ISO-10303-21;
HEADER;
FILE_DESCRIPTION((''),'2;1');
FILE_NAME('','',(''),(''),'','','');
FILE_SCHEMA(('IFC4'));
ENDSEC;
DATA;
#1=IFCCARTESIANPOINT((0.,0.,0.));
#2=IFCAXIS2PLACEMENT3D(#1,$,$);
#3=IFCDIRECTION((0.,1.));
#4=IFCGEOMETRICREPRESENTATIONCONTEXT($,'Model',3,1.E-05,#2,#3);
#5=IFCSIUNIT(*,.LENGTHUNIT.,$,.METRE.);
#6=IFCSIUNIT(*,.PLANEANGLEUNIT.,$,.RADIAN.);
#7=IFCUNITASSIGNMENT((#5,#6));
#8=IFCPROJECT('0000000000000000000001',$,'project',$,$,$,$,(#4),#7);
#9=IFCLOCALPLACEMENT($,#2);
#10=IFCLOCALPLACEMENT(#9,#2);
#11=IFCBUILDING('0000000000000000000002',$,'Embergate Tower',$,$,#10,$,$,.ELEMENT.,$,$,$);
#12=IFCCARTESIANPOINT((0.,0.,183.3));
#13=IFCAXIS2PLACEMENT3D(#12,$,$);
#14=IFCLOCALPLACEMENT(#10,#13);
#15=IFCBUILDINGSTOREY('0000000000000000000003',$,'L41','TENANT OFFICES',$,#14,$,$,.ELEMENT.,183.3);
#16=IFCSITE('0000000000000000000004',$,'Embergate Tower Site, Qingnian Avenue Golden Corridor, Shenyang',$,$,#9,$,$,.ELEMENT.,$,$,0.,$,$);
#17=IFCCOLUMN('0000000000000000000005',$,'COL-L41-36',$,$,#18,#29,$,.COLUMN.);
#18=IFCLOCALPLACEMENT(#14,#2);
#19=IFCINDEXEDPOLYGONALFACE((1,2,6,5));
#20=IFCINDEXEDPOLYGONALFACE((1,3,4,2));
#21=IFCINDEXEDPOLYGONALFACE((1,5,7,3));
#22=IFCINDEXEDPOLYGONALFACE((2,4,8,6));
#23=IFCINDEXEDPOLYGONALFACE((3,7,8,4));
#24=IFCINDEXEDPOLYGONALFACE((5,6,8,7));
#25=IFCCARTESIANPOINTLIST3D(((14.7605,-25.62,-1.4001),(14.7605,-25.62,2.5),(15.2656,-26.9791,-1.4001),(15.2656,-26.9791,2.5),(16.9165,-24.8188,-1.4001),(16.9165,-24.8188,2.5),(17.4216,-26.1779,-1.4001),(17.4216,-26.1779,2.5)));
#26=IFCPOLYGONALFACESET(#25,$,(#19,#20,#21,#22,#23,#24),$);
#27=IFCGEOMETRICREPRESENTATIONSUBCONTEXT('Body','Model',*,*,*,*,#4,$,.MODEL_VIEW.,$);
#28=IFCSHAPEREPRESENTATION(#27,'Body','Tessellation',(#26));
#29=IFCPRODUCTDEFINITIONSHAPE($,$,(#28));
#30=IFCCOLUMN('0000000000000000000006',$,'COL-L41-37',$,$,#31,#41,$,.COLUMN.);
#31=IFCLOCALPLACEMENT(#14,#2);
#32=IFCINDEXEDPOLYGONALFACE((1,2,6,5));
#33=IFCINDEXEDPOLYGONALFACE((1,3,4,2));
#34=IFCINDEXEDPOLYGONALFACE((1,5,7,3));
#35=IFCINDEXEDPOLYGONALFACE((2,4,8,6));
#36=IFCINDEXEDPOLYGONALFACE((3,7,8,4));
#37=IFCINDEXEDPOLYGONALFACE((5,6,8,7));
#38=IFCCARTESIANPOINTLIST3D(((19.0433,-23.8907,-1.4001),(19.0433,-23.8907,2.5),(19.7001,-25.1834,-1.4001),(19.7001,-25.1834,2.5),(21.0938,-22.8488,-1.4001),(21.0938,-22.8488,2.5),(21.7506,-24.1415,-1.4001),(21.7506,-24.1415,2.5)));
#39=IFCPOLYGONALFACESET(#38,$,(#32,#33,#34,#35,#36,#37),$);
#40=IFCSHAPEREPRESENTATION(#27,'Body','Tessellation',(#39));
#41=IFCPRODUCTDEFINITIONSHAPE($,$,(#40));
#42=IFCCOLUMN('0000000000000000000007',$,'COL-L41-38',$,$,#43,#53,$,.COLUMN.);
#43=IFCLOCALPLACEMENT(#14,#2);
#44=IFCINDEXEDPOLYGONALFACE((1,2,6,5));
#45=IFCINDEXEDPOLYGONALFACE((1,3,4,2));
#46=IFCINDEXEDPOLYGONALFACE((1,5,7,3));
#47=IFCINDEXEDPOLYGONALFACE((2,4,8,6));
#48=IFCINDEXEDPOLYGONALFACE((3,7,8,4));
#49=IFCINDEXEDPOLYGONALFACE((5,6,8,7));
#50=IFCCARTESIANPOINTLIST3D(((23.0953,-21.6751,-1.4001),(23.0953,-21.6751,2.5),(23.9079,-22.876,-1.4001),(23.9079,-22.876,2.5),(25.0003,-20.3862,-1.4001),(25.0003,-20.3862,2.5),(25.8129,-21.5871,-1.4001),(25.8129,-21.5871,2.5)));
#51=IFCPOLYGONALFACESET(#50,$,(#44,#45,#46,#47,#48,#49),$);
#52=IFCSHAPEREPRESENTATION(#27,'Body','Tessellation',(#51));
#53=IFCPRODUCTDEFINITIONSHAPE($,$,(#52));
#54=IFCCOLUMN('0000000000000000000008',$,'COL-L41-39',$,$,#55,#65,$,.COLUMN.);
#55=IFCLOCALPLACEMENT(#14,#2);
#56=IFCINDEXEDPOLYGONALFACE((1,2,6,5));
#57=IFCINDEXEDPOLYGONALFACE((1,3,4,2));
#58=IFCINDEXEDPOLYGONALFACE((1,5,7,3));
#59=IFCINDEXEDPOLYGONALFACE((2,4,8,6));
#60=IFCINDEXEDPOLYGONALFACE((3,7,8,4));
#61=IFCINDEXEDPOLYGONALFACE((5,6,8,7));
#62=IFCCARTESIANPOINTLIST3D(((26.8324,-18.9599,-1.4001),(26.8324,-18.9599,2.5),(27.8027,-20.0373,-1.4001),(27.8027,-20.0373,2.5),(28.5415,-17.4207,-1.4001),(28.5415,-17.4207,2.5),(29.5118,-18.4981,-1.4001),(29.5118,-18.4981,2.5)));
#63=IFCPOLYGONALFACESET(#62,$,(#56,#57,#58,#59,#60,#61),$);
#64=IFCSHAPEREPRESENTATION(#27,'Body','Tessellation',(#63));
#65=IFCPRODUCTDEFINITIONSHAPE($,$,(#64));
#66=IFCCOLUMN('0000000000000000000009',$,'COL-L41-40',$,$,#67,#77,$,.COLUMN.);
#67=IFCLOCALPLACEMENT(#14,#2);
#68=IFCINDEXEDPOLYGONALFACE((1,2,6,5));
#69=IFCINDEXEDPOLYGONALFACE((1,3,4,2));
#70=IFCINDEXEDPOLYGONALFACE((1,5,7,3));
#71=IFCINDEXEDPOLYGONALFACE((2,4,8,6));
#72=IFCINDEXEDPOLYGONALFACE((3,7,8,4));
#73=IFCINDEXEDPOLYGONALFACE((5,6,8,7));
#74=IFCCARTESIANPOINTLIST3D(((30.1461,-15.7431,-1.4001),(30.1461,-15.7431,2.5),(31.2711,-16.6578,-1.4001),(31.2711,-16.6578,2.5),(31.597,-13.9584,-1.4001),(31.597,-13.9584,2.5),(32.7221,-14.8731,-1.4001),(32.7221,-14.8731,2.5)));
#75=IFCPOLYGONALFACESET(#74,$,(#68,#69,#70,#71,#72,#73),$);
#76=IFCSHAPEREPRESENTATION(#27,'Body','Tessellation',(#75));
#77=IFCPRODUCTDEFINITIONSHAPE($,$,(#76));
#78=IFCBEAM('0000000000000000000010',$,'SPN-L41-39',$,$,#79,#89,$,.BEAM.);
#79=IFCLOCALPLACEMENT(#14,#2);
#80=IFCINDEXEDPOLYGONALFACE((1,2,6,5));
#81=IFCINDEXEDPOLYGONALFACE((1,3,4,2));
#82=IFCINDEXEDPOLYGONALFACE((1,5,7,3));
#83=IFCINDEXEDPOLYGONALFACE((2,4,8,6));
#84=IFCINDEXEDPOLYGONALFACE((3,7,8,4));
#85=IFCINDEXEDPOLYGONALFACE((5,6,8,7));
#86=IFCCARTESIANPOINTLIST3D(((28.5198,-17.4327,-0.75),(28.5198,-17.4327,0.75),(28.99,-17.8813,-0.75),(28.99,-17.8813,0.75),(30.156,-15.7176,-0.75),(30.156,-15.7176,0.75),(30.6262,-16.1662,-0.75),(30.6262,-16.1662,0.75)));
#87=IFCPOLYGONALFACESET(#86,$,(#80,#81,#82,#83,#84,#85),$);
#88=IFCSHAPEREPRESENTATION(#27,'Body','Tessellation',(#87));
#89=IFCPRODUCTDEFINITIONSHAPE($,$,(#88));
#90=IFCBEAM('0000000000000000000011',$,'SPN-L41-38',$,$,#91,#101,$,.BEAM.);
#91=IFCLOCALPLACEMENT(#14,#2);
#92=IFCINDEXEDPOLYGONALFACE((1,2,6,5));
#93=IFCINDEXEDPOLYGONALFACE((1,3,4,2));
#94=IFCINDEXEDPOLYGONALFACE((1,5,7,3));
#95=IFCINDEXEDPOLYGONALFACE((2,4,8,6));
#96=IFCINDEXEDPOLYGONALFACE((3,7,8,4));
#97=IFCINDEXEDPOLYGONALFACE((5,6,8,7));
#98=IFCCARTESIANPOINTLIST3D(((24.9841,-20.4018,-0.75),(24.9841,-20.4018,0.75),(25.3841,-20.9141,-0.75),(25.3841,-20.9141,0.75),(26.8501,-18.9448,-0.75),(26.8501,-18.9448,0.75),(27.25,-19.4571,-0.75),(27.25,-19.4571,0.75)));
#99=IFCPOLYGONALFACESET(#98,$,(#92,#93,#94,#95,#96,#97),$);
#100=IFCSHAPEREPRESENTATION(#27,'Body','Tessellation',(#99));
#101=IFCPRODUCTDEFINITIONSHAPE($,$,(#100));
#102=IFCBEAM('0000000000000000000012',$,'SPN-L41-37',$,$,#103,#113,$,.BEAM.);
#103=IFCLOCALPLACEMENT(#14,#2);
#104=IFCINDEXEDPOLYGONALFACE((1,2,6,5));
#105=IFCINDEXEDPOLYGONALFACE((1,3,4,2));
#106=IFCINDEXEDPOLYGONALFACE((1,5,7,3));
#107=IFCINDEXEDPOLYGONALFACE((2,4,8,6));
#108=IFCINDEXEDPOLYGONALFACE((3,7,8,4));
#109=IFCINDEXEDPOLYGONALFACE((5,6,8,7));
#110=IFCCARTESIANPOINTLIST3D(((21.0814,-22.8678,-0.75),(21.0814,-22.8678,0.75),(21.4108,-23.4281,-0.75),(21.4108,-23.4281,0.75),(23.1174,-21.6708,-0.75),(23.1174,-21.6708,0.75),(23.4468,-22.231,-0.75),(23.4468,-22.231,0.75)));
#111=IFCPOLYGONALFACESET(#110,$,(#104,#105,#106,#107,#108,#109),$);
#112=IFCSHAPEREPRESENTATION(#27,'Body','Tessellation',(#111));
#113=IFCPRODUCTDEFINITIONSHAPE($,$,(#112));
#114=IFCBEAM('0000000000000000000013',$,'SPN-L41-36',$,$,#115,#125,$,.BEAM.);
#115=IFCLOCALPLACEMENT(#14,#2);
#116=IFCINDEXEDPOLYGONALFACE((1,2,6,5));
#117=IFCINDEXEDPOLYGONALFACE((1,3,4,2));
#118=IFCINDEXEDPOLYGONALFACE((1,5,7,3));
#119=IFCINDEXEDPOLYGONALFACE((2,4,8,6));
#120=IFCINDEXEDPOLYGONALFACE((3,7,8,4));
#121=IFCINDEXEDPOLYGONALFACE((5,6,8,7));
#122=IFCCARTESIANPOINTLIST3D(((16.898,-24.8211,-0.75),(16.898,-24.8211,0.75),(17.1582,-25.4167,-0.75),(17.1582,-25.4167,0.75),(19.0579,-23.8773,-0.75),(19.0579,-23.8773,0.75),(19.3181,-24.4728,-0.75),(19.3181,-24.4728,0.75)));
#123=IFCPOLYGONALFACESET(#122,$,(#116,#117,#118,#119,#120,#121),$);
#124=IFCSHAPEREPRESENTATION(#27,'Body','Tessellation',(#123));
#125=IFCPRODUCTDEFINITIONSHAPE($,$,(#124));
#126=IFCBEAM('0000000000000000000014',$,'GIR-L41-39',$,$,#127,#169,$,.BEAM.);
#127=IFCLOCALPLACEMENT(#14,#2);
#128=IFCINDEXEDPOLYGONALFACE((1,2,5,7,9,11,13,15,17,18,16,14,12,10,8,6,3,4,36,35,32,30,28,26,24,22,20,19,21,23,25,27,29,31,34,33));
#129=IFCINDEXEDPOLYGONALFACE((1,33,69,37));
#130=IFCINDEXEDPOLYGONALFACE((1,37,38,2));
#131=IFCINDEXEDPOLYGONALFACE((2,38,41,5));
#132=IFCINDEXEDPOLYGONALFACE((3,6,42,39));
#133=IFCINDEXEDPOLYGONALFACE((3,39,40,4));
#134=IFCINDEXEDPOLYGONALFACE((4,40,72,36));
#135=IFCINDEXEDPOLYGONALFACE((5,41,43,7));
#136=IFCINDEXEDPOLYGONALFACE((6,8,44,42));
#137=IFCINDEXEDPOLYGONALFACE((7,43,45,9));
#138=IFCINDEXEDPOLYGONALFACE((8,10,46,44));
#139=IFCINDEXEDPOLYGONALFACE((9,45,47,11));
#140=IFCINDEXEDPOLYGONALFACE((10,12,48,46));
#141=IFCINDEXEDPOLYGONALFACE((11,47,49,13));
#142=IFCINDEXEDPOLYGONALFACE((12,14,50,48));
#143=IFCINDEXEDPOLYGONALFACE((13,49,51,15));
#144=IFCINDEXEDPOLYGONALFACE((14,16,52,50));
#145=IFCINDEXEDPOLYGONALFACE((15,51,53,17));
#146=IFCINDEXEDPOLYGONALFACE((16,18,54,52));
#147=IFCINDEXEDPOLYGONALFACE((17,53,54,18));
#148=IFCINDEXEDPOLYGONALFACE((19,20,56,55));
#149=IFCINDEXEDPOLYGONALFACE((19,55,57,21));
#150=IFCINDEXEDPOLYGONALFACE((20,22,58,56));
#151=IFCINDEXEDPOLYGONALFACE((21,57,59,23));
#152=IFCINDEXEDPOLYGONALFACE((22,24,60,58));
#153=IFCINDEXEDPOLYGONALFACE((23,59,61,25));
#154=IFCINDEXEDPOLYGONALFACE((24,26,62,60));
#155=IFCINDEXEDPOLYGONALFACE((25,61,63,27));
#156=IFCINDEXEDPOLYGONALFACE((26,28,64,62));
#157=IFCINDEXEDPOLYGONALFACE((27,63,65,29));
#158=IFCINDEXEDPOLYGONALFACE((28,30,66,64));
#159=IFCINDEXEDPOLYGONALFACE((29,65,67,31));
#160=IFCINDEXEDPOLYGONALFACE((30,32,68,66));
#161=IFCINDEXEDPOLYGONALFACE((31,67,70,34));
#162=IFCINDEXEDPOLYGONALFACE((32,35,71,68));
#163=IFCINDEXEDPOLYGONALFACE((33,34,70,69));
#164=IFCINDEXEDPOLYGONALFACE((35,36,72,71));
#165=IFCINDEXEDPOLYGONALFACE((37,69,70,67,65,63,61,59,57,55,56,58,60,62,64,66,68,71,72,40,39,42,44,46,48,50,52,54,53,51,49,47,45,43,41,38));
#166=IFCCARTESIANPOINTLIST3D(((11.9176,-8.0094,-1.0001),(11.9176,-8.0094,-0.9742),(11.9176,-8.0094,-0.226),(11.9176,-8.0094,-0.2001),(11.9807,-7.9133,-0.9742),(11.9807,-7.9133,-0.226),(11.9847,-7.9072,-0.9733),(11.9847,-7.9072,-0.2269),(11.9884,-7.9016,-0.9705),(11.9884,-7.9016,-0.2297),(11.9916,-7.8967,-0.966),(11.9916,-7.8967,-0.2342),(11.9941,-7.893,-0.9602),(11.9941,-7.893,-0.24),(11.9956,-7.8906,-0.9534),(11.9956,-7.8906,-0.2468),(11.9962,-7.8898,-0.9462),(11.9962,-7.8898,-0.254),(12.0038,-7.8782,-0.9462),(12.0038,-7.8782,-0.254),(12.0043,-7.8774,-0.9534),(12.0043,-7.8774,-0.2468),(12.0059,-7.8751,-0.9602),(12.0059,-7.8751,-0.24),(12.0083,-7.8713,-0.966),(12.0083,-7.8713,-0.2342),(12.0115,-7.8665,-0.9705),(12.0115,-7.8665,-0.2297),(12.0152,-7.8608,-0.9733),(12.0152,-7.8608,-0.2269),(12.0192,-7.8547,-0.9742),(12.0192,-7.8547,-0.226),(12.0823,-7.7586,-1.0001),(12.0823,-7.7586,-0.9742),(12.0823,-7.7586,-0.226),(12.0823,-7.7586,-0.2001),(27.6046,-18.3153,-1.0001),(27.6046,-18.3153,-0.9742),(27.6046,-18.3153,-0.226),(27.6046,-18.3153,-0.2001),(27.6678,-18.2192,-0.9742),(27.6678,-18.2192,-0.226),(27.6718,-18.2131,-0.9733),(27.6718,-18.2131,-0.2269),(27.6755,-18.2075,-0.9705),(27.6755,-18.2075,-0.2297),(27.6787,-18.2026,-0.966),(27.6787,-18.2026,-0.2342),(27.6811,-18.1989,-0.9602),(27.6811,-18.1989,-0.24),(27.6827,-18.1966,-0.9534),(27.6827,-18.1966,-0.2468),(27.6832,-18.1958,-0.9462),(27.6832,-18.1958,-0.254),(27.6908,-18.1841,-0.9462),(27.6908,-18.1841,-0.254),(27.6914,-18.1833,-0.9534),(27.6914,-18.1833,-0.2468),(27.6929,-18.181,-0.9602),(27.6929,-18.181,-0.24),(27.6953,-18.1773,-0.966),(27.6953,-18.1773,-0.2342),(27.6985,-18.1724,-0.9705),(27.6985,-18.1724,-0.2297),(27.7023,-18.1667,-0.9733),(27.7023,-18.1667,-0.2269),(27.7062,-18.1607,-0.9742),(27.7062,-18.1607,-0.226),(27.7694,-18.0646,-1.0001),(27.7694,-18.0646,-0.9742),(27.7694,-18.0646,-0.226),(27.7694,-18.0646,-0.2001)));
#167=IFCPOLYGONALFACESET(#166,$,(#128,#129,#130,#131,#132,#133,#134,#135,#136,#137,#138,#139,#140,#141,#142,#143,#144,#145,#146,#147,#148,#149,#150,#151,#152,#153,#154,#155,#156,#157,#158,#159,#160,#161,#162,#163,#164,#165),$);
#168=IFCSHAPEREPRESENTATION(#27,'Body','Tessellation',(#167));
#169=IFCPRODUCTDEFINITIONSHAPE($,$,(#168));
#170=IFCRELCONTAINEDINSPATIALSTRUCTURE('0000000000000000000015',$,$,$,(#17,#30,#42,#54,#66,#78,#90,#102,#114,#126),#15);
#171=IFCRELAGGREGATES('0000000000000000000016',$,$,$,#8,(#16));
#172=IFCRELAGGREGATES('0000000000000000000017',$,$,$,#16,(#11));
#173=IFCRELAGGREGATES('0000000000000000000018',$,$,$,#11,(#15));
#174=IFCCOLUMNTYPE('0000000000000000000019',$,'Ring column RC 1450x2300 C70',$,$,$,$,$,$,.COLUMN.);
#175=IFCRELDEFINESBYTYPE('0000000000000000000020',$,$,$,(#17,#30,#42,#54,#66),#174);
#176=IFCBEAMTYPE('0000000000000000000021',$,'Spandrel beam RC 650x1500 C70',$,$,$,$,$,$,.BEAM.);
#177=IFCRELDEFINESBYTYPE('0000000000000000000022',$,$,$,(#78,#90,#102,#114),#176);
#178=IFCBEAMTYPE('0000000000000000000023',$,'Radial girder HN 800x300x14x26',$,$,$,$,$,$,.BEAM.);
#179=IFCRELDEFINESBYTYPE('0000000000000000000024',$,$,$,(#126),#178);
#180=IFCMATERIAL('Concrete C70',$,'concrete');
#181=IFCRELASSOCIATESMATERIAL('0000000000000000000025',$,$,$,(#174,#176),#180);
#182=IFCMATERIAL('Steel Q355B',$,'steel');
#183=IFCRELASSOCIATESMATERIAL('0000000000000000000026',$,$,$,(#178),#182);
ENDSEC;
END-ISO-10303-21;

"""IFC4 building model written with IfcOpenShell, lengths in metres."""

from ifc_helpers import new_model, si_unit, direction, frame, origin, origin_2d, place, context, subcontext, project, spatial, rectangle, i_section, extrude, source, transform, mapped, material, material_profile, profile_set, type_object, element, save


model = new_model("IFC4")

# Units and contexts
model_context = context("Model", 3, precision=1e-05, world=origin(), true_north=direction((0.0, 1.0)))
body_context = subcontext(model_context, "Body", "Model", "MODEL_VIEW")
ifc_project = project(units=[si_unit("LENGTHUNIT", "METRE"), si_unit("PLANEANGLEUNIT", "RADIAN")], contexts=[model_context])

# Site, building, storey
site_placement = place(None, origin())
site = spatial("IfcSite", under=ifc_project, at=site_placement, Name="Embergate Tower Site, Qingnian Avenue Golden Corridor, Shenyang", CompositionType="ELEMENT", RefElevation=0.0)
building_placement = place(site_placement, origin())
building = spatial("IfcBuilding", under=site, at=building_placement, Name="Embergate Tower", CompositionType="ELEMENT")
storey_placement = place(building_placement, frame((0.0, 0.0, 183.3)))
storey = spatial("IfcBuildingStorey", under=building, at=storey_placement, Name="L41", Description="TENANT OFFICES", CompositionType="ELEMENT", Elevation=183.3)

# Columns
ifc_material_1 = material(Name="Concrete C70", Category="concrete")
ifc_material_profile_1 = material_profile(ifc_material_1, rectangle(XDim=1.45, YDim=2.3, at=origin_2d()), Name="RC 1450x2300")
ifc_profile_set_1 = profile_set([ifc_material_profile_1], Name="Concrete C70")
column_type = type_object("IfcColumnType", Name="Ring column RC 1450x2300 C70", PredefinedType="COLUMN", material=ifc_profile_set_1)
shared_shape_1 = source(origin(), body_context, "Body", "SweptSolid", [
    extrude(rectangle(XDim=1.45, YDim=2.3, at=origin_2d()), origin(), (0.0, 0.0, 1.0), 3.9001),
])
for number, where, z_axis, x_axis, name in (
    (1, (16.0911, -25.8989, -1.4001), (0.0, 0.0, 1.0), (0.348343, -0.937367, 0.0), "COL-L41-36"),
    (2, (20.397, -24.0161, -1.4001), (0.0, 0.0, 1.0), (0.452995, -0.891513, 0.0), "COL-L41-37"),
    (3, (24.4541, -21.6311, -1.4001), (0.0, 0.0, 1.0), (0.560393, -0.828227, 0.0), "COL-L41-38"),
    (4, (28.1721, -18.729, -1.4001), (0.0, 0.0, 1.0), (0.669208, -0.743075, 0.0), "COL-L41-39"),
    (5, (31.4341, -15.3081, -1.4001), (0.0, 0.0, 1.0), (0.775914, -0.630838, 0.0), "COL-L41-40"),
):
    element("IfcColumn", number, at=place(storey_placement, frame(where, z_axis=z_axis, x_axis=x_axis)), inside=storey, type_object=column_type, Name=name, PredefinedType="COLUMN", context=body_context, shape_type="MappedRepresentation", body=[
        mapped(shared_shape_1, transform((0.0, 0.0, 0.0))),
    ])

# Beams
ifc_material_profile_2 = material_profile(ifc_material_1, rectangle(XDim=0.6499, YDim=1.5, at=origin_2d()), Name="RC 650x1500")
ifc_profile_set_2 = profile_set([ifc_material_profile_2], Name="Concrete C70")
beam_type_1 = type_object("IfcBeamType", Name="Spandrel beam RC 650x1500 C70", PredefinedType="BEAM", material=ifc_profile_set_2)
shared_shape_2 = source(origin(), body_context, "Body", "SweptSolid", [
    extrude(rectangle(XDim=0.6499, YDim=1.5, at=origin_2d()), origin(), (0.0, 0.0, 1.0), 2.3704),
])
beam_1_placement = place(storey_placement, frame((28.7549, -17.657, 0.0), z_axis=(0.690277, 0.723545, 0.0), x_axis=(-0.723545, 0.690277, 0.0)))
element("IfcBeam", 6, at=beam_1_placement, inside=storey, type_object=beam_type_1, Name="SPN-L41-39", PredefinedType="BEAM", context=body_context, shape_type="MappedRepresentation", body=[
    mapped(shared_shape_2, transform((0.0, 0.0, 0.0))),
])
shared_shape_3 = source(origin(), body_context, "Body", "SweptSolid", [
    extrude(rectangle(XDim=0.6499, YDim=1.5, at=origin_2d()), origin(), (0.0, 0.0, 1.0), 2.3674),
])
beam_2_placement = place(storey_placement, frame((25.1841, -20.658, 0.0), z_axis=(0.788179, 0.615446, 0.0), x_axis=(-0.615446, 0.788179, 0.0)))
element("IfcBeam", 7, at=beam_2_placement, inside=storey, type_object=beam_type_1, Name="SPN-L41-38", PredefinedType="BEAM", context=body_context, shape_type="MappedRepresentation", body=[
    mapped(shared_shape_3, transform((0.0, 0.0, 0.0))),
])
shared_shape_4 = source(origin(), body_context, "Body", "SweptSolid", [
    extrude(rectangle(XDim=0.6499, YDim=1.5, at=origin_2d()), origin(), (0.0, 0.0, 1.0), 2.3618),
])
beam_3_placement = place(storey_placement, frame((21.2461, -23.1479, 0.0), z_axis=(0.862038, 0.506844, 0.0), x_axis=(-0.506844, 0.862038, 0.0)))
element("IfcBeam", 8, at=beam_3_placement, inside=storey, type_object=beam_type_1, Name="SPN-L41-37", PredefinedType="BEAM", context=body_context, shape_type="MappedRepresentation", body=[
    mapped(shared_shape_4, transform((0.0, 0.0, 0.0))),
])
shared_shape_5 = source(origin(), body_context, "Body", "SweptSolid", [
    extrude(rectangle(XDim=0.6499, YDim=1.5, at=origin_2d()), origin(), (0.0, 0.0, 1.0), 2.3572),
])
beam_4_placement = place(storey_placement, frame((17.0281, -25.1189, 0.0), z_axis=(0.916331, 0.400422, 0.0), x_axis=(-0.400422, 0.916331, 0.0)))
element("IfcBeam", 9, at=beam_4_placement, inside=storey, type_object=beam_type_1, Name="SPN-L41-36", PredefinedType="BEAM", context=body_context, shape_type="MappedRepresentation", body=[
    mapped(shared_shape_5, transform((0.0, 0.0, 0.0))),
])
ifc_material_2 = material(Name="Steel Q355B", Category="steel")
ifc_material_profile_3 = material_profile(ifc_material_2, i_section(OverallWidth=0.3, OverallDepth=0.8, WebThickness=0.0139, FlangeThickness=0.0259, FilletRadius=0.0281, at=origin_2d()), Name="HN 800x300x14x26")
ifc_profile_set_3 = profile_set([ifc_material_profile_3], Name="Steel Q355 grade B")
beam_type_2 = type_object("IfcBeamType", Name="Radial girder HN 800x300x14x26", PredefinedType="BEAM", material=ifc_profile_set_3)
shared_shape_6 = source(origin(), body_context, "Body", "SweptSolid", [
    extrude(i_section(OverallWidth=0.3, OverallDepth=0.8, WebThickness=0.0139, FlangeThickness=0.0259, FilletRadius=0.0281, at=origin_2d()), origin(), (0.0, 0.0, 1.0), 18.7695),
])
beam_5_placement = place(storey_placement, frame((27.687, -18.1899, -0.6001), z_axis=(-0.835771, 0.549077, 0.0), x_axis=(-0.549077, -0.835771, 0.0)))
element("IfcBeam", 10, at=beam_5_placement, inside=storey, type_object=beam_type_2, Name="GIR-L41-39", PredefinedType="BEAM", context=body_context, shape_type="MappedRepresentation", body=[
    mapped(shared_shape_6, transform((0.0, 0.0, 0.0))),
])

save(model, "model.ifc")
